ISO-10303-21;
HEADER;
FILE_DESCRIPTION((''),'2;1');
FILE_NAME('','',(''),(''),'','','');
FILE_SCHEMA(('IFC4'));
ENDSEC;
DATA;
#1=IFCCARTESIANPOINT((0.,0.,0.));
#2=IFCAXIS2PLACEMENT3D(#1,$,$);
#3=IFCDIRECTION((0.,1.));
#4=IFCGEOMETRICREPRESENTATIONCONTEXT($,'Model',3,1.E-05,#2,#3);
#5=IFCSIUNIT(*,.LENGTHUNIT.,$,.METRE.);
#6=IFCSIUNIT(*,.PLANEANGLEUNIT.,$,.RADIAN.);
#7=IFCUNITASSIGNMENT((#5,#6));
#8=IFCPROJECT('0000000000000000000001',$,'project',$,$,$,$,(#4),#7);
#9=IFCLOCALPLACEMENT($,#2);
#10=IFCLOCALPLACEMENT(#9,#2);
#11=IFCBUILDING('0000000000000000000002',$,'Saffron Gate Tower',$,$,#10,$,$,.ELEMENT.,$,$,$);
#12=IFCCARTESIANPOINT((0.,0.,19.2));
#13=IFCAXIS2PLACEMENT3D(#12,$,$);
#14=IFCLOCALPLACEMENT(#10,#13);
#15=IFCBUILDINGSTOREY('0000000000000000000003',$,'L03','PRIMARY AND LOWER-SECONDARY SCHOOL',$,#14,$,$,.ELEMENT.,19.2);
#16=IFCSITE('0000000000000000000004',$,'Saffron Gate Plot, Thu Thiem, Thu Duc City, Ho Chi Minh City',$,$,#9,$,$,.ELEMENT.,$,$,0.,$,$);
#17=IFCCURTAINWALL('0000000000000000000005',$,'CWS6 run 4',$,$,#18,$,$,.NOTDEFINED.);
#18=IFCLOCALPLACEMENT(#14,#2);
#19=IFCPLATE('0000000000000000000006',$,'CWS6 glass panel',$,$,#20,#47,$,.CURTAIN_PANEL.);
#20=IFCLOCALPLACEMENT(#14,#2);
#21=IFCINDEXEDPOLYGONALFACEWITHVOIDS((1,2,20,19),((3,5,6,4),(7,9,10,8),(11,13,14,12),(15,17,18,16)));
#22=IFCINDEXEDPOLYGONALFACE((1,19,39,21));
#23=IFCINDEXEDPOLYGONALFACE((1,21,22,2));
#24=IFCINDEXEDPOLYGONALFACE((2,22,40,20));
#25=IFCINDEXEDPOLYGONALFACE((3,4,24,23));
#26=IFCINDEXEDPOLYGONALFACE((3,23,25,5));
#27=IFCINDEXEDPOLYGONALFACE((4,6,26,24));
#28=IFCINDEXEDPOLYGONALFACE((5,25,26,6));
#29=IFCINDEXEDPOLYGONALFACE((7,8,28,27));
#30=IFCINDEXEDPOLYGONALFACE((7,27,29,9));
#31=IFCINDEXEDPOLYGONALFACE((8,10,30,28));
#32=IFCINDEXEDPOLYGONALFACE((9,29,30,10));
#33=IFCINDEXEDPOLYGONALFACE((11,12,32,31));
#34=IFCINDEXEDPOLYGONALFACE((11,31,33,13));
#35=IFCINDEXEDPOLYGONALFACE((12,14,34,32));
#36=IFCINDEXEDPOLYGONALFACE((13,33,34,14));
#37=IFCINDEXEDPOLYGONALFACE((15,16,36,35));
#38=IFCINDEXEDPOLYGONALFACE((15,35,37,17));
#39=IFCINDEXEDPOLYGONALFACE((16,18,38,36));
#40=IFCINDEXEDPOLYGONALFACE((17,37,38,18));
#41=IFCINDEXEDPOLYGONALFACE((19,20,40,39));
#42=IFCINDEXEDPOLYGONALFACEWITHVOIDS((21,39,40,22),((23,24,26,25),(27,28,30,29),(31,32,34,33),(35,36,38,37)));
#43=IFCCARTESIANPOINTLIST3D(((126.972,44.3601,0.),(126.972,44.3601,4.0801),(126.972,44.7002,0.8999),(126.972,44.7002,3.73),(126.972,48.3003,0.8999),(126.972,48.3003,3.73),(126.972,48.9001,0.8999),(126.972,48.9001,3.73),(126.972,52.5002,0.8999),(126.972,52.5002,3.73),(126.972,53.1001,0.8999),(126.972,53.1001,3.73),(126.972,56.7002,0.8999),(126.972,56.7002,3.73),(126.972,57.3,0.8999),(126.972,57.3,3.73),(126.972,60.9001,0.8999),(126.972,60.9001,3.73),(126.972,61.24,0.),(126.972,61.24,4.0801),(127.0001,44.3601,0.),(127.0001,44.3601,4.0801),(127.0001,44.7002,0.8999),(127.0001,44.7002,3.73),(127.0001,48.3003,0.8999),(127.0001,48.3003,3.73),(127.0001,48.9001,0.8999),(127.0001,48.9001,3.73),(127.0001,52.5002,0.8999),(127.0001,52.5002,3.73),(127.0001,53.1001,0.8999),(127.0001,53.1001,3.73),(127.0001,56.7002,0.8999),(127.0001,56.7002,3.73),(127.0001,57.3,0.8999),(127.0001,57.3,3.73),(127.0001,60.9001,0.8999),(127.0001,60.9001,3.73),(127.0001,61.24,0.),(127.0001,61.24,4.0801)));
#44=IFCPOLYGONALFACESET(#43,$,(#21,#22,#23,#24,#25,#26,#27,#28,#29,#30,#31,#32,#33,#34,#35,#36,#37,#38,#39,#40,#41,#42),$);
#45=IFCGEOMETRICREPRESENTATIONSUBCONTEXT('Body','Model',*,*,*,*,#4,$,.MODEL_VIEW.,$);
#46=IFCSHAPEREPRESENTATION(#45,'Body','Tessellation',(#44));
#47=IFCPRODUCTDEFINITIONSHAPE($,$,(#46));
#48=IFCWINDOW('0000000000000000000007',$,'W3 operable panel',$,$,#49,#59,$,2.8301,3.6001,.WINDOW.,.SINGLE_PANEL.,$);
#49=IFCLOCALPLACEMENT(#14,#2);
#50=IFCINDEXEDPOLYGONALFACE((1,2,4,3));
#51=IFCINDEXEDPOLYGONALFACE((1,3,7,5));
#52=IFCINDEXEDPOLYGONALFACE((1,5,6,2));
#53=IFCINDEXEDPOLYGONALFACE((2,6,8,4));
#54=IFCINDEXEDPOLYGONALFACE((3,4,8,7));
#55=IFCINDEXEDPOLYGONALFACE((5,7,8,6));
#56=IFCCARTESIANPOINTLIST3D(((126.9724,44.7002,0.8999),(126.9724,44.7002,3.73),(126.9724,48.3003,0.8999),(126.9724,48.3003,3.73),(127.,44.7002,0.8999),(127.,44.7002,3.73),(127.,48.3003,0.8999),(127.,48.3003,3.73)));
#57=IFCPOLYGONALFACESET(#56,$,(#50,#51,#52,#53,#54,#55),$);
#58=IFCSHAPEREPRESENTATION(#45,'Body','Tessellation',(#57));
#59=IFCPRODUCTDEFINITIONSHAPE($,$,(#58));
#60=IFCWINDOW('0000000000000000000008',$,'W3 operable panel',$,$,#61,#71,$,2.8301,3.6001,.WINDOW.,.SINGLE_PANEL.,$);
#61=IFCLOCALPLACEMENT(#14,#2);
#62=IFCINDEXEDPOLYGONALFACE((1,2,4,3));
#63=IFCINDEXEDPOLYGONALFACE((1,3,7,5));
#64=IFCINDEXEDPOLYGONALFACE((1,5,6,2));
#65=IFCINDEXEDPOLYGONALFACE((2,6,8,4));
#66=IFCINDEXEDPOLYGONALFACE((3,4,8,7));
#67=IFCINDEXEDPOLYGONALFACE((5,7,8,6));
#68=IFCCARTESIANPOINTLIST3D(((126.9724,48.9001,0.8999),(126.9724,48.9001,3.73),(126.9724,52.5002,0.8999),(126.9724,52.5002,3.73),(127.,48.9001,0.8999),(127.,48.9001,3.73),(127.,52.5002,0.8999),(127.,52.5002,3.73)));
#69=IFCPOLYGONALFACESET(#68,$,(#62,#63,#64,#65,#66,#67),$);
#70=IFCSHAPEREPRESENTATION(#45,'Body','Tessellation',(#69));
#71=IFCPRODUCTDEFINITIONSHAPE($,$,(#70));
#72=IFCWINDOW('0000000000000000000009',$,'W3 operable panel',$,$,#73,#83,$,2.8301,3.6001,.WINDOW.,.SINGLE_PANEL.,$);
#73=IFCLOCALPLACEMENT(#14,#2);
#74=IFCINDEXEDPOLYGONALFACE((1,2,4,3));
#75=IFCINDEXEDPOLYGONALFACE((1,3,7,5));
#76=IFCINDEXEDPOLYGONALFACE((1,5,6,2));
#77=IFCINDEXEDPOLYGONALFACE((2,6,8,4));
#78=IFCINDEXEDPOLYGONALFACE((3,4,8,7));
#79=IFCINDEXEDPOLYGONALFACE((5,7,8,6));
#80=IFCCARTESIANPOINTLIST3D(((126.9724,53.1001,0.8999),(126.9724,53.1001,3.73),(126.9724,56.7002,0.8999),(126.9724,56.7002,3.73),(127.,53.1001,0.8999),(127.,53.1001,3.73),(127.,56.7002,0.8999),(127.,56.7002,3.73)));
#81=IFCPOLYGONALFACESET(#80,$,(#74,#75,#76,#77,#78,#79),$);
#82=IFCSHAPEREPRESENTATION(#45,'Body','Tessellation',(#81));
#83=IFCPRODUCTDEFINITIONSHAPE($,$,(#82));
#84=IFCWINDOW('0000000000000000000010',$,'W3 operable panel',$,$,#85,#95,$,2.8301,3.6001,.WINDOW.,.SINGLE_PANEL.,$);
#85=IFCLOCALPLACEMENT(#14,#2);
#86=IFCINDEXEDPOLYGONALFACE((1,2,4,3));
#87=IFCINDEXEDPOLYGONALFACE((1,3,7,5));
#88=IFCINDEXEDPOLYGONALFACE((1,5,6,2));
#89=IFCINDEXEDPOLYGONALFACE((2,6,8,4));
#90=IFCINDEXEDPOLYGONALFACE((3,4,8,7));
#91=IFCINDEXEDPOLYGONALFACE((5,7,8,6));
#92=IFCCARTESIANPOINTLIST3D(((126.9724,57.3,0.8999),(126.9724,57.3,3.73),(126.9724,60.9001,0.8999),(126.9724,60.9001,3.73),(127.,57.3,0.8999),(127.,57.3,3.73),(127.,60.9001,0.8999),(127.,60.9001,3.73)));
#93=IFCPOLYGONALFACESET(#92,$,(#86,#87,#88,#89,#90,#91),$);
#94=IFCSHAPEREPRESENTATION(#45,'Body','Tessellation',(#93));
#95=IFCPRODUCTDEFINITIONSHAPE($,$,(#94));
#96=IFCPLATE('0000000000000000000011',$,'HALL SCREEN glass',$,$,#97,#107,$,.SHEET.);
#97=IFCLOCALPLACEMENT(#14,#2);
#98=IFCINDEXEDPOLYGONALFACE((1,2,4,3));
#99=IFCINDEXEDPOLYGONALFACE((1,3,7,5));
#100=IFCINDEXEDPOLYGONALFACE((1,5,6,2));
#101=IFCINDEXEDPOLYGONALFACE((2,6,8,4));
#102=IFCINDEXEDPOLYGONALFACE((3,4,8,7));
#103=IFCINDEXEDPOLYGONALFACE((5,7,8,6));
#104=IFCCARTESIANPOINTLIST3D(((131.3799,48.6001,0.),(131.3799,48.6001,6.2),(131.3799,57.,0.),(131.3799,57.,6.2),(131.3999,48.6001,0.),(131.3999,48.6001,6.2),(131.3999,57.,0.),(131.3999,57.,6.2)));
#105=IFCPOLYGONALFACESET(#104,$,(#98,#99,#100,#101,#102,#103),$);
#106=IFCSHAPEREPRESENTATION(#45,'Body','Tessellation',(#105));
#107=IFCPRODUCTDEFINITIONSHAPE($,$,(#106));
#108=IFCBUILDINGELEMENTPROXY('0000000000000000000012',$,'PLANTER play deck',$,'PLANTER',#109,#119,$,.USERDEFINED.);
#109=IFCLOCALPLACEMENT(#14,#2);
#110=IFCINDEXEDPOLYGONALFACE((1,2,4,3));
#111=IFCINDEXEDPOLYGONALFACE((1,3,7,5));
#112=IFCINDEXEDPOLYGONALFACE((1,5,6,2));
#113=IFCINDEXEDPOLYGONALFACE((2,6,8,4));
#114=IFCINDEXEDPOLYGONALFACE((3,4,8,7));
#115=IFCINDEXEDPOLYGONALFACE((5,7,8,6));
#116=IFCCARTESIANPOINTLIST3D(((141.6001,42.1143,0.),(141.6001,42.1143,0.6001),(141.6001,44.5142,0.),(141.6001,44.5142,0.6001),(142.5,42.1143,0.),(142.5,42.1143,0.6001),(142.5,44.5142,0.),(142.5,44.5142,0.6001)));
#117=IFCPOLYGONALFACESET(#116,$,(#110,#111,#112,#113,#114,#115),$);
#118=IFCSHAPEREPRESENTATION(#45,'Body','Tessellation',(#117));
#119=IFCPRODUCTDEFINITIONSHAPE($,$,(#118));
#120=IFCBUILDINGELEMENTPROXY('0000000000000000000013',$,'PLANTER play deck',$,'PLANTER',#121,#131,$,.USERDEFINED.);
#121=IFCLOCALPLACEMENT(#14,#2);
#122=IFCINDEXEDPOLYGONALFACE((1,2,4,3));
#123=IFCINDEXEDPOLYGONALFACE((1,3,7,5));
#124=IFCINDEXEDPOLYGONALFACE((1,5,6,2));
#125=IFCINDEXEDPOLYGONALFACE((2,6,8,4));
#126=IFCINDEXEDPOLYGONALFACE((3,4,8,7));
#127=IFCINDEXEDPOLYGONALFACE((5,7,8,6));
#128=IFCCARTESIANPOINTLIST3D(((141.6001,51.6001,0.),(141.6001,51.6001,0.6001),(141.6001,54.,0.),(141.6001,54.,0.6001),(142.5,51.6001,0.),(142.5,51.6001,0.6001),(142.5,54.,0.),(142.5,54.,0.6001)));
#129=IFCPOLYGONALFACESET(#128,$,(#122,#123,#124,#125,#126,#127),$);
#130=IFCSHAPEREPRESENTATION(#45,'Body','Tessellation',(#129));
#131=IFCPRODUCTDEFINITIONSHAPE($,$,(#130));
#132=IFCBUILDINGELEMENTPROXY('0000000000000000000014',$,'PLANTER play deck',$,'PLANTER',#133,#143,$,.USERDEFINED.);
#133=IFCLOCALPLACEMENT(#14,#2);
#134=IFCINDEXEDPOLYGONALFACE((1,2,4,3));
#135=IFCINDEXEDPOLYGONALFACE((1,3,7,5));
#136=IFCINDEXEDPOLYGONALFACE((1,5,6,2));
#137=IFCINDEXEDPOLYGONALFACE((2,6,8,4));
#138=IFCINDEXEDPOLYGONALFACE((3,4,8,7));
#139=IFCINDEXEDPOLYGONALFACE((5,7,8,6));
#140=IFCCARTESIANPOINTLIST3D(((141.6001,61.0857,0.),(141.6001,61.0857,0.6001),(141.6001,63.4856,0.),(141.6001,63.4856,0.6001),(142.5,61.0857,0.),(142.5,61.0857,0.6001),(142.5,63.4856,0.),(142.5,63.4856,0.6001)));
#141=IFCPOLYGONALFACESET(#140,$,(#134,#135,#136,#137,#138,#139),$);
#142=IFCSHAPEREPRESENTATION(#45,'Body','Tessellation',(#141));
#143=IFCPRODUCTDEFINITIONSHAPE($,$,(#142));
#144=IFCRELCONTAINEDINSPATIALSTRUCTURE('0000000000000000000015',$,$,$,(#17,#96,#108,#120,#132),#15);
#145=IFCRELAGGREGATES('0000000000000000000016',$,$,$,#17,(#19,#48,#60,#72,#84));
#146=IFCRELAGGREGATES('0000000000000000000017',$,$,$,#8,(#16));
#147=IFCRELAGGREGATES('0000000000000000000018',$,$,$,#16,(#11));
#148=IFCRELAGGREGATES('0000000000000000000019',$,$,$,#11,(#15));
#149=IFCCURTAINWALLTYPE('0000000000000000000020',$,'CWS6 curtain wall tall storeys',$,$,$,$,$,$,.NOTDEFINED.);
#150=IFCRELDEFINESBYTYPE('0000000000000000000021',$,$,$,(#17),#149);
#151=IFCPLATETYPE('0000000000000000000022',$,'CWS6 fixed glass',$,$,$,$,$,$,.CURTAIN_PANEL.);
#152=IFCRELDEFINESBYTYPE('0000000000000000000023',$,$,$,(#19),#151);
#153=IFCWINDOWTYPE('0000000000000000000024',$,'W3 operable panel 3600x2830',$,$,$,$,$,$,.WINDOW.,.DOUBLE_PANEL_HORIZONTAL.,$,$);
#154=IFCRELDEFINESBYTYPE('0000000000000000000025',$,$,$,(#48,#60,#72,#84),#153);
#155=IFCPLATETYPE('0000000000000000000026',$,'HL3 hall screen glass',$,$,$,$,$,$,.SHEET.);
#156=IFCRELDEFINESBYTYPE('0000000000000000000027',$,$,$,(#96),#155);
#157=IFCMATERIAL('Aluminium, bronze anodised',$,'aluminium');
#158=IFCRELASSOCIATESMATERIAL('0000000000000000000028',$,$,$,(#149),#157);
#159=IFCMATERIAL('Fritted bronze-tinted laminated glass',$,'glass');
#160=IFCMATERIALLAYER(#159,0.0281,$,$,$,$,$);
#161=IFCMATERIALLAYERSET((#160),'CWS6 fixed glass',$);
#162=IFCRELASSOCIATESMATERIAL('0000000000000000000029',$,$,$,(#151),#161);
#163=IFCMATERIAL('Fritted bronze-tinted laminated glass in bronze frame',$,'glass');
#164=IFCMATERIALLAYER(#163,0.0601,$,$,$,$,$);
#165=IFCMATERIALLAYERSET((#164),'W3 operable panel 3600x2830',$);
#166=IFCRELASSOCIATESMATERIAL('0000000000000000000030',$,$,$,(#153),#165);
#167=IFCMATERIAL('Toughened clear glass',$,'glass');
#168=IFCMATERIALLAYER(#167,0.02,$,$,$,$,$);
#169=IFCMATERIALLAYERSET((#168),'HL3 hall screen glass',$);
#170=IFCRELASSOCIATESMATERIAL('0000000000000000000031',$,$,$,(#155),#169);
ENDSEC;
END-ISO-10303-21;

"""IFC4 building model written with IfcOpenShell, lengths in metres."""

from ifc_helpers import new_model, si_unit, direction, frame, frame_2d, origin, origin_2d, place, context, subcontext, project, spatial, polyline, rectangle, outline, extrude, material, layer, layer_set, type_object, element, fill, aggregate, save


model = new_model("IFC4")

# Units and contexts
model_context = context("Model", 3, precision=1e-05, world=origin(), true_north=direction((0.0, 1.0)))
body_context = subcontext(model_context, "Body", "Model", "MODEL_VIEW")
ifc_project = project(units=[si_unit("LENGTHUNIT", "METRE"), si_unit("PLANEANGLEUNIT", "RADIAN")], contexts=[model_context])

# Site, building, storey
site_placement = place(None, origin())
site = spatial("IfcSite", under=ifc_project, at=site_placement, Name="Saffron Gate Plot, Thu Thiem, Thu Duc City, Ho Chi Minh City", CompositionType="ELEMENT", RefElevation=0.0)
building_placement = place(site_placement, origin())
building = spatial("IfcBuilding", under=site, at=building_placement, Name="Saffron Gate Tower", CompositionType="ELEMENT")
storey_placement = place(building_placement, frame((0.0, 0.0, 19.2)))
storey = spatial("IfcBuildingStorey", under=building, at=storey_placement, Name="L03", Description="PRIMARY AND LOWER-SECONDARY SCHOOL", CompositionType="ELEMENT", Elevation=19.2)

# Curtain wall
ifc_material_1 = material(Name="Aluminium, bronze anodised", Category="aluminium")
curtain_wall_type = type_object("IfcCurtainWallType", Name="CWS6 curtain wall tall storeys", PredefinedType="NOTDEFINED", material=ifc_material_1)
curtain_wall_placement = place(storey_placement, origin())
curtain_wall = element("IfcCurtainWall", 1, at=curtain_wall_placement, inside=storey, type_object=curtain_wall_type, Name="CWS6 run 4", PredefinedType="NOTDEFINED")

# Plate, openings, windows
ifc_material_2 = material(Name="Fritted bronze-tinted laminated glass", Category="glass")
ifc_layer_1 = layer(ifc_material_2, 0.0281)
ifc_layer_set_1 = layer_set([ifc_layer_1], Name="CWS6 fixed glass")
plate_type_1 = type_object("IfcPlateType", Name="CWS6 fixed glass", PredefinedType="CURTAIN_PANEL", material=ifc_layer_set_1)
plate_1_placement = place(storey_placement, frame((126.9861, 44.3601, 0.0), z_axis=(0.0, 0.0, 1.0), x_axis=(0.0, 1.0, 0.0)))
plate_1 = element("IfcPlate", 2, at=plate_1_placement, type_object=plate_type_1, Name="CWS6 glass panel", PredefinedType="CURTAIN_PANEL", context=body_context, shape_type="SweptSolid", body=[
    extrude(rectangle(XDim=16.8799, YDim=0.0281, at=frame_2d((8.4399, 0.0))), origin(), (0.0, 0.0, 1.0), 4.0801),
])
opening_1_placement = place(plate_1_placement, frame((0.3401, 0.0, 0.8999)))
opening_1 = element("IfcOpeningElement", 3, at=opening_1_placement, cuts=plate_1, PredefinedType="OPENING", context=body_context, shape_type="SweptSolid", body=[
    extrude(rectangle(XDim=3.6001, YDim=2.8301, at=frame_2d((1.8, 1.415))), frame((0.0, 0.0239, 0.0), z_axis=(0.0, -1.0, 0.0), x_axis=(1.0, 0.0, 0.0)), (0.0, 0.0, 1.0), 0.0481),
])
opening_2_placement = place(plate_1_placement, frame((4.54, 0.0, 0.8999)))
opening_2 = element("IfcOpeningElement", 4, at=opening_2_placement, cuts=plate_1, PredefinedType="OPENING", context=body_context, shape_type="SweptSolid", body=[
    extrude(rectangle(XDim=3.6001, YDim=2.8301, at=frame_2d((1.8, 1.415))), frame((0.0, 0.0239, 0.0), z_axis=(0.0, -1.0, 0.0), x_axis=(1.0, 0.0, 0.0)), (0.0, 0.0, 1.0), 0.0481),
])
opening_3_placement = place(plate_1_placement, frame((8.74, 0.0, 0.8999)))
opening_3 = element("IfcOpeningElement", 5, at=opening_3_placement, cuts=plate_1, PredefinedType="OPENING", context=body_context, shape_type="SweptSolid", body=[
    extrude(rectangle(XDim=3.6001, YDim=2.8301, at=frame_2d((1.8, 1.415))), frame((0.0, 0.0239, 0.0), z_axis=(0.0, -1.0, 0.0), x_axis=(1.0, 0.0, 0.0)), (0.0, 0.0, 1.0), 0.0481),
])
opening_4_placement = place(plate_1_placement, frame((12.9399, 0.0, 0.8999)))
opening_4 = element("IfcOpeningElement", 6, at=opening_4_placement, cuts=plate_1, PredefinedType="OPENING", context=body_context, shape_type="SweptSolid", body=[
    extrude(rectangle(XDim=3.6001, YDim=2.8301, at=frame_2d((1.8, 1.415))), frame((0.0, 0.0239, 0.0), z_axis=(0.0, -1.0, 0.0), x_axis=(1.0, 0.0, 0.0)), (0.0, 0.0, 1.0), 0.0481),
])
ifc_material_3 = material(Name="Fritted bronze-tinted laminated glass in bronze frame", Category="glass")
ifc_layer_2 = layer(ifc_material_3, 0.0601)
ifc_layer_set_2 = layer_set([ifc_layer_2], Name="W3 operable panel 3600x2830")
window_type_1 = type_object("IfcWindowType", Name="W3 operable panel 3600x2830", PartitioningType="DOUBLE_PANEL_HORIZONTAL", PredefinedType="WINDOW", material=ifc_layer_set_2)
window_1_placement = place(opening_1_placement, origin())
window_1 = element("IfcWindow", 7, at=window_1_placement, type_object=window_type_1, Name="W3 operable panel", OverallHeight=2.8301, OverallWidth=3.6001, PartitioningType="SINGLE_PANEL", PredefinedType="WINDOW", context=body_context, shape_type="SweptSolid", body=[
    extrude(rectangle(XDim=3.6001, YDim=2.8301, at=frame_2d((1.8, 1.415))), frame((0.0, 0.0137, 0.0), z_axis=(0.0, -1.0, 0.0), x_axis=(1.0, 0.0, 0.0)), (0.0, 0.0, 1.0), 0.0276),
])
fill(opening_1, window_1)
window_2_placement = place(opening_2_placement, origin())
window_2 = element("IfcWindow", 8, at=window_2_placement, type_object=window_type_1, Name="W3 operable panel", OverallHeight=2.8301, OverallWidth=3.6001, PartitioningType="SINGLE_PANEL", PredefinedType="WINDOW", context=body_context, shape_type="SweptSolid", body=[
    extrude(rectangle(XDim=3.6001, YDim=2.8301, at=frame_2d((1.8, 1.415))), frame((0.0, 0.0137, 0.0), z_axis=(0.0, -1.0, 0.0), x_axis=(1.0, 0.0, 0.0)), (0.0, 0.0, 1.0), 0.0276),
])
fill(opening_2, window_2)
window_3_placement = place(opening_3_placement, origin())
window_3 = element("IfcWindow", 9, at=window_3_placement, type_object=window_type_1, Name="W3 operable panel", OverallHeight=2.8301, OverallWidth=3.6001, PartitioningType="SINGLE_PANEL", PredefinedType="WINDOW", context=body_context, shape_type="SweptSolid", body=[
    extrude(rectangle(XDim=3.6001, YDim=2.8301, at=frame_2d((1.8, 1.415))), frame((0.0, 0.0137, 0.0), z_axis=(0.0, -1.0, 0.0), x_axis=(1.0, 0.0, 0.0)), (0.0, 0.0, 1.0), 0.0276),
])
fill(opening_3, window_3)
window_4_placement = place(opening_4_placement, origin())
window_4 = element("IfcWindow", 10, at=window_4_placement, type_object=window_type_1, Name="W3 operable panel", OverallHeight=2.8301, OverallWidth=3.6001, PartitioningType="SINGLE_PANEL", PredefinedType="WINDOW", context=body_context, shape_type="SweptSolid", body=[
    extrude(rectangle(XDim=3.6001, YDim=2.8301, at=frame_2d((1.8, 1.415))), frame((0.0, 0.0137, 0.0), z_axis=(0.0, -1.0, 0.0), x_axis=(1.0, 0.0, 0.0)), (0.0, 0.0, 1.0), 0.0276),
])
fill(opening_4, window_4)
aggregate(curtain_wall, [plate_1, window_1, window_2, window_3, window_4])

# Plate
ifc_material_4 = material(Name="Toughened clear glass", Category="glass")
ifc_layer_3 = layer(ifc_material_4, 0.02)
ifc_layer_set_3 = layer_set([ifc_layer_3], Name="HL3 hall screen glass")
plate_type_2 = type_object("IfcPlateType", Name="HL3 hall screen glass", PredefinedType="SHEET", material=ifc_layer_set_3)
plate_2_placement = place(storey_placement, frame((131.3999, 48.6001, 0.0), z_axis=(1.0, 0.0, 0.0), x_axis=(0.0, 1.0, 0.0)))
element("IfcPlate", 11, at=plate_2_placement, inside=storey, type_object=plate_type_2, Name="HALL SCREEN glass", PredefinedType="SHEET", context=body_context, shape_type="SweptSolid", body=[
    extrude(outline(polyline([(0.0, 0.0), (8.3999, 0.0), (8.3999, 6.2), (0.0, 6.2), (0.0, 0.0)])), origin(), (0.0, 0.0, -1.0), 0.02),
])

# Building element proxies
for number, where, z_axis, x_axis, name in (
    (12, (142.05, 43.3142, 0.0), (0.0, 0.0, 1.0), (0.0, 1.0, 0.0), "PLANTER play deck"),
    (13, (142.05, 52.8, 0.0), (0.0, 0.0, 1.0), (0.0, 1.0, 0.0), "PLANTER play deck"),
    (14, (142.05, 62.2856, 0.0), (0.0, 0.0, 1.0), (0.0, 1.0, 0.0), "PLANTER play deck"),
):
    element("IfcBuildingElementProxy", number, at=place(storey_placement, frame(where, z_axis=z_axis, x_axis=x_axis)), inside=storey, Name=name, ObjectType="PLANTER", PredefinedType="USERDEFINED", context=body_context, shape_type="SweptSolid", body=[
        extrude(rectangle(XDim=2.3999, YDim=0.8999, at=origin_2d()), origin(), (0.0, 0.0, 1.0), 0.6001),
    ])

save(model, "model.ifc")
